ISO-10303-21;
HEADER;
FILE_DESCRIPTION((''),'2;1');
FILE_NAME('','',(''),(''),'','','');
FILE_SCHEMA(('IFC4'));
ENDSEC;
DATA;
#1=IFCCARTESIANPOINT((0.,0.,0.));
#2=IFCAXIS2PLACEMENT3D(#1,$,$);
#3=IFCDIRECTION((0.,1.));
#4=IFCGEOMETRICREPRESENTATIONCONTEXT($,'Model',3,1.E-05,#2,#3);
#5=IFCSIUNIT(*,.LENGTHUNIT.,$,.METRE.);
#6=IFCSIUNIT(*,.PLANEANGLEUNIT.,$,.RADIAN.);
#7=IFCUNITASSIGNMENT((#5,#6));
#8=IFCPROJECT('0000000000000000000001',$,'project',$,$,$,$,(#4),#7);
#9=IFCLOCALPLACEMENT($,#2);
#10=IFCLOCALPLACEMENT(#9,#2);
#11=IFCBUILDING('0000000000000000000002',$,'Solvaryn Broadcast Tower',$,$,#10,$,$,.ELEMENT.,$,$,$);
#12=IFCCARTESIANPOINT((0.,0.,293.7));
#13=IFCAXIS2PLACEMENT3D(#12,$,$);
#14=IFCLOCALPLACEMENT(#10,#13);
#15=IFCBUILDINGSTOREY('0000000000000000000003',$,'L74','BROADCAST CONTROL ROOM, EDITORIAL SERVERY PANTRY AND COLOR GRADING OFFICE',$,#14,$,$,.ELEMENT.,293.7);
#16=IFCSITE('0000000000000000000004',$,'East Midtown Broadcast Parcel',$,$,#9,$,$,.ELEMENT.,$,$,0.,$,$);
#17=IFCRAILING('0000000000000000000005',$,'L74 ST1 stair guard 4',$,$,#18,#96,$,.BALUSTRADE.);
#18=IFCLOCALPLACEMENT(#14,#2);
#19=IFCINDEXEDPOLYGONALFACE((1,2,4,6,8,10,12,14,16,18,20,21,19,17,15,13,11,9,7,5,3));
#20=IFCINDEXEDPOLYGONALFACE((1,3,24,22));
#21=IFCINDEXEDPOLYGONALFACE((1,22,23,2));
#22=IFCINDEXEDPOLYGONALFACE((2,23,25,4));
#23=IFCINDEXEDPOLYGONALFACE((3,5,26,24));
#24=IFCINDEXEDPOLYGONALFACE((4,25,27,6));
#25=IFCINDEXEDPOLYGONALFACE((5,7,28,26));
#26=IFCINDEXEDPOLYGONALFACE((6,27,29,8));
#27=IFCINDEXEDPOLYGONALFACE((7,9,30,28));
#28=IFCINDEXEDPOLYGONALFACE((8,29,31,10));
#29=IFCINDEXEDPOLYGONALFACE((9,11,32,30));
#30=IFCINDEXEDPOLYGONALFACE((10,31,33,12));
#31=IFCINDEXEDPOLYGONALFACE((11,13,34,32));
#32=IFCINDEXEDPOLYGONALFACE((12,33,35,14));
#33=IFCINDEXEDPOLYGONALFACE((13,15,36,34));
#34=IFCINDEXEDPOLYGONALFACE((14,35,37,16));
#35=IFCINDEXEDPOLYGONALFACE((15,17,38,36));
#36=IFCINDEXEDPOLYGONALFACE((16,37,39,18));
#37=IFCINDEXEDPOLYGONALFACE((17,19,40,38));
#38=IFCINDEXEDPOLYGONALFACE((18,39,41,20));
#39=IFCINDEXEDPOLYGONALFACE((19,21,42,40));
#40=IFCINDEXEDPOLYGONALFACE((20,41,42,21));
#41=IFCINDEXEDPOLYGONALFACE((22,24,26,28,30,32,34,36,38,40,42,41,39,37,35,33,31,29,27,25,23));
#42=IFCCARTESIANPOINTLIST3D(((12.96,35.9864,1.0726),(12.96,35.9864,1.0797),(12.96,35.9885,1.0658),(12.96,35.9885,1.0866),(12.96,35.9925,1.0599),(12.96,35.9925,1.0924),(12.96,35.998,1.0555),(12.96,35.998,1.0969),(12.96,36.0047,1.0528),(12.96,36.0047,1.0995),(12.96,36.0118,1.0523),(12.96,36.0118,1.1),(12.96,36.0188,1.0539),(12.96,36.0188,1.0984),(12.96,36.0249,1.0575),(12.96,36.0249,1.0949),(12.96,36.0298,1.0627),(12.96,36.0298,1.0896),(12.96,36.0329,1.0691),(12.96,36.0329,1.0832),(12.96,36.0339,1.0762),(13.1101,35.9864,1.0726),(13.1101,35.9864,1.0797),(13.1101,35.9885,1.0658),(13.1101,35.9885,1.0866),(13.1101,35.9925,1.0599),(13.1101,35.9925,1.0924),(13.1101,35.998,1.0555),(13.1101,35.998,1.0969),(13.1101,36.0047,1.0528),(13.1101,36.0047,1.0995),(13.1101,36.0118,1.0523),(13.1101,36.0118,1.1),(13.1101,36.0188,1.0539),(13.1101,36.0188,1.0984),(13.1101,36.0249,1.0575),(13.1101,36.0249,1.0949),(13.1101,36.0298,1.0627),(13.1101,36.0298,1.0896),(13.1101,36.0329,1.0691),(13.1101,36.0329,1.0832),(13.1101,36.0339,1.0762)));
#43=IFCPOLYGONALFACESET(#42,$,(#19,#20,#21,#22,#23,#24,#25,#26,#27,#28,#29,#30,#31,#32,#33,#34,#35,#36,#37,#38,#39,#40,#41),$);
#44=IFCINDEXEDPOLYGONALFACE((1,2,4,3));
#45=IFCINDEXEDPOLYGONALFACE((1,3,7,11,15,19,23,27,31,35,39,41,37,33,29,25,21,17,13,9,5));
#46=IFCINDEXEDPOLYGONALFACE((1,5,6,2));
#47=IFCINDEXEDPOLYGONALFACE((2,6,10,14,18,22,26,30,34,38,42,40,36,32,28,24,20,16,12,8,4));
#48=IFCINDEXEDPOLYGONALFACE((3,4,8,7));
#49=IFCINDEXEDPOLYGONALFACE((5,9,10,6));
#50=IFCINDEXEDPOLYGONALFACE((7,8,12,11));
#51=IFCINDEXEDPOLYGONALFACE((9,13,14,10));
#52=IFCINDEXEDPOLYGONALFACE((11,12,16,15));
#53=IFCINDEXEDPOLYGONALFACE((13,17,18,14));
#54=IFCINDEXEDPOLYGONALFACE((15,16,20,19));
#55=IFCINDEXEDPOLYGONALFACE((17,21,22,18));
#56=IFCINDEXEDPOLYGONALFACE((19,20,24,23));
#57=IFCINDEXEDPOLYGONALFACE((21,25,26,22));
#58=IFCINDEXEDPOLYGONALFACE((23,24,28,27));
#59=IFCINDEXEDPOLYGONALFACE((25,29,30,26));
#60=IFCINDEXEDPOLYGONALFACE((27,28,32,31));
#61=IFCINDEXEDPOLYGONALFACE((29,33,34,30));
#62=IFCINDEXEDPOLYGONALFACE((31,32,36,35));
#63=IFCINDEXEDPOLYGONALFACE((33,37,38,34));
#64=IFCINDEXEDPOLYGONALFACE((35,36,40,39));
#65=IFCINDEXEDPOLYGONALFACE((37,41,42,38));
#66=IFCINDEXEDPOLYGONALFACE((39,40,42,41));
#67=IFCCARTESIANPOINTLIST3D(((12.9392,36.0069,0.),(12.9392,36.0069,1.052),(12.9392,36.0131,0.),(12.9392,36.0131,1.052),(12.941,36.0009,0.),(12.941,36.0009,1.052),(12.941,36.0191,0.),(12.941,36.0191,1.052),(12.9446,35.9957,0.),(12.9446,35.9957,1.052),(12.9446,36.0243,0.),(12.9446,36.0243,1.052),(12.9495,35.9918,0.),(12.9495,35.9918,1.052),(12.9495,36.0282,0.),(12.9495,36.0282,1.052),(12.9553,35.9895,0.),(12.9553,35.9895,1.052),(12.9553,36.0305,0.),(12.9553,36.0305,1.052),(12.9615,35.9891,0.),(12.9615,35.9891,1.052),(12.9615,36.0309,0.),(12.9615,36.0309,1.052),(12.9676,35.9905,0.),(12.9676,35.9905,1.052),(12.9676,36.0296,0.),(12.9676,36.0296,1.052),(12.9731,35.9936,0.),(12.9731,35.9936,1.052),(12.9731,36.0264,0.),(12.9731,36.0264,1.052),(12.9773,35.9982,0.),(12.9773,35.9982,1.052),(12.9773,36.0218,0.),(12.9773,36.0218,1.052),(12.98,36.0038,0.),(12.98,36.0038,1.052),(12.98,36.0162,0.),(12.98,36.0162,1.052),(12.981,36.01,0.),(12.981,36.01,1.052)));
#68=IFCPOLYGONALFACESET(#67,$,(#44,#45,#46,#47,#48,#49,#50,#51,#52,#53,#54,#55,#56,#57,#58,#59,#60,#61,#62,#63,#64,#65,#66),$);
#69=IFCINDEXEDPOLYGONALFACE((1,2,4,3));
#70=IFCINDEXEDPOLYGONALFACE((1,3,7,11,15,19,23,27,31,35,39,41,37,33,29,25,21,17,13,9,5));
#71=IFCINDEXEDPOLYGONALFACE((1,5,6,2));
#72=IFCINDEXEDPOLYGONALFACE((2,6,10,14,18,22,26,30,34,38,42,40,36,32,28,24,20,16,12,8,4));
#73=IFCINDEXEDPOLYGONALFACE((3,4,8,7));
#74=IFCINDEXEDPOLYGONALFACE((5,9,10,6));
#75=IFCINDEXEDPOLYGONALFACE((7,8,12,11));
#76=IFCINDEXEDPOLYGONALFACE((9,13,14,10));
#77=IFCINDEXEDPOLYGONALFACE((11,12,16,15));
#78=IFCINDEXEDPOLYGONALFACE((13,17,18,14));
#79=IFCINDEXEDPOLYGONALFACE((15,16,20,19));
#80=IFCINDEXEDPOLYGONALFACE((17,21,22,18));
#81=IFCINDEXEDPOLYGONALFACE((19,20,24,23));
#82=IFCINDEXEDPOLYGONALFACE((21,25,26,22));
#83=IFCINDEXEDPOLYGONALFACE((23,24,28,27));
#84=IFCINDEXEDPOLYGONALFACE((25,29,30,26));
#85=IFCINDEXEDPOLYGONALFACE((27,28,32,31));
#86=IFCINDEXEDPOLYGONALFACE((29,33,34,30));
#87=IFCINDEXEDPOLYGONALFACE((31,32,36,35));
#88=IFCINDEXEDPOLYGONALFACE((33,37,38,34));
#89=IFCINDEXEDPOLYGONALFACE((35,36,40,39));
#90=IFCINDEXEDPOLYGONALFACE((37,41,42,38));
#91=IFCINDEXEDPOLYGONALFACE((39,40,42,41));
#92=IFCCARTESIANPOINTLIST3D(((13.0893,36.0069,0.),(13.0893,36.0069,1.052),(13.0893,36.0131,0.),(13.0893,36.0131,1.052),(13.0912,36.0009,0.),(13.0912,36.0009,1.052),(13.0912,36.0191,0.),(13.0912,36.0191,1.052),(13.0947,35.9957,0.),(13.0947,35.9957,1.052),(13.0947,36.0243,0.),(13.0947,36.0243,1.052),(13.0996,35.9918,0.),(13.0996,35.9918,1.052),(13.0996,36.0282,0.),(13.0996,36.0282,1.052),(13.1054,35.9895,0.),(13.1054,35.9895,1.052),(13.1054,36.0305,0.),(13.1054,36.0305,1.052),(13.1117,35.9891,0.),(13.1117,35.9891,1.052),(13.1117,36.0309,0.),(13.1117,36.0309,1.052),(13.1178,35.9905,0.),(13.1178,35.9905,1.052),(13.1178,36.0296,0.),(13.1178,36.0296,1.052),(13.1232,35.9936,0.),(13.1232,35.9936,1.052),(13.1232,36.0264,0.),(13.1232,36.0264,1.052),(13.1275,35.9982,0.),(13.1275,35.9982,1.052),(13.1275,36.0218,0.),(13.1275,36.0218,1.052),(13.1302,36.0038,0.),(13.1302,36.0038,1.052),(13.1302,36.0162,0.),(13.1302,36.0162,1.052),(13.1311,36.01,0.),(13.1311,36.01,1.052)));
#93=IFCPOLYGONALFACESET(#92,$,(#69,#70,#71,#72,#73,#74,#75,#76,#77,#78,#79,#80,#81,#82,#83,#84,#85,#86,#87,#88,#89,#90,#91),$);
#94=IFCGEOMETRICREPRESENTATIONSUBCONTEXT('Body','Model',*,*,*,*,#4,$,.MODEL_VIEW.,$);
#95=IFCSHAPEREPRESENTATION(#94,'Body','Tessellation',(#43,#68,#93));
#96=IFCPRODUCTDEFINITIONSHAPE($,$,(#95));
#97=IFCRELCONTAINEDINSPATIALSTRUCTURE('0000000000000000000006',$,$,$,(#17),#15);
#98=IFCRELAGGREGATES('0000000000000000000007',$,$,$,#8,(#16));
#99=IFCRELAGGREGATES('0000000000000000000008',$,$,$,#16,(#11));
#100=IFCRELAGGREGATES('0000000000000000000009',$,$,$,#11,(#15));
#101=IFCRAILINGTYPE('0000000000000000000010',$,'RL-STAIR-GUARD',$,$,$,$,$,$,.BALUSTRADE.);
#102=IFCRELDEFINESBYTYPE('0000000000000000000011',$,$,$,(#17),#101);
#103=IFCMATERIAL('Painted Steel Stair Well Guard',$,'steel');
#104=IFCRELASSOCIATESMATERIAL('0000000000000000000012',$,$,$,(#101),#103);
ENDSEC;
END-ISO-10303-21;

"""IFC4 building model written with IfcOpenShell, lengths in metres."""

from ifc_helpers import new_model, si_unit, direction, frame, origin, origin_2d, place, context, subcontext, project, spatial, circle, extrude, material, type_object, element, save


model = new_model("IFC4")

# Units and contexts
model_context = context("Model", 3, precision=1e-05, world=origin(), true_north=direction((0.0, 1.0)))
body_context = subcontext(model_context, "Body", "Model", "MODEL_VIEW")
ifc_project = project(units=[si_unit("LENGTHUNIT", "METRE"), si_unit("PLANEANGLEUNIT", "RADIAN")], contexts=[model_context])

# Site, building, storey
site_placement = place(None, origin())
site = spatial("IfcSite", under=ifc_project, at=site_placement, Name="East Midtown Broadcast Parcel", CompositionType="ELEMENT", RefElevation=0.0)
building_placement = place(site_placement, origin())
building = spatial("IfcBuilding", under=site, at=building_placement, Name="Solvaryn Broadcast Tower", CompositionType="ELEMENT")
storey_placement = place(building_placement, frame((0.0, 0.0, 293.7)))
storey = spatial("IfcBuildingStorey", under=building, at=storey_placement, Name="L74", Description="BROADCAST CONTROL ROOM, EDITORIAL SERVERY PANTRY AND COLOR GRADING OFFICE", CompositionType="ELEMENT", Elevation=293.7)

# Railing
ifc_material_1 = material(Name="Painted Steel Stair Well Guard", Category="steel")
railing_type_1 = type_object("IfcRailingType", Name="RL-STAIR-GUARD", PredefinedType="BALUSTRADE", material=ifc_material_1)
railing_1_placement = place(storey_placement, frame((12.96, 36.01, 0.0)))
element("IfcRailing", 1, at=railing_1_placement, inside=storey, type_object=railing_type_1, Name="L74 ST1 stair guard 4", PredefinedType="BALUSTRADE", context=body_context, shape_type="SweptSolid", body=[
    extrude(circle(Radius=0.0239, at=origin_2d()), frame((0.0, 0.0, 1.0762), z_axis=(1.0, 0.0, 0.0), x_axis=(0.0, 1.0, 0.0)), (0.0, 0.0, 1.0), 0.1501),
    extrude(circle(Radius=0.021, at=origin_2d()), origin(), (0.0, 0.0, 1.0), 1.052),
    extrude(circle(Radius=0.021, at=origin_2d()), frame((0.1501, 0.0, 0.0)), (0.0, 0.0, 1.0), 1.052),
])

save(model, "model.ifc")
